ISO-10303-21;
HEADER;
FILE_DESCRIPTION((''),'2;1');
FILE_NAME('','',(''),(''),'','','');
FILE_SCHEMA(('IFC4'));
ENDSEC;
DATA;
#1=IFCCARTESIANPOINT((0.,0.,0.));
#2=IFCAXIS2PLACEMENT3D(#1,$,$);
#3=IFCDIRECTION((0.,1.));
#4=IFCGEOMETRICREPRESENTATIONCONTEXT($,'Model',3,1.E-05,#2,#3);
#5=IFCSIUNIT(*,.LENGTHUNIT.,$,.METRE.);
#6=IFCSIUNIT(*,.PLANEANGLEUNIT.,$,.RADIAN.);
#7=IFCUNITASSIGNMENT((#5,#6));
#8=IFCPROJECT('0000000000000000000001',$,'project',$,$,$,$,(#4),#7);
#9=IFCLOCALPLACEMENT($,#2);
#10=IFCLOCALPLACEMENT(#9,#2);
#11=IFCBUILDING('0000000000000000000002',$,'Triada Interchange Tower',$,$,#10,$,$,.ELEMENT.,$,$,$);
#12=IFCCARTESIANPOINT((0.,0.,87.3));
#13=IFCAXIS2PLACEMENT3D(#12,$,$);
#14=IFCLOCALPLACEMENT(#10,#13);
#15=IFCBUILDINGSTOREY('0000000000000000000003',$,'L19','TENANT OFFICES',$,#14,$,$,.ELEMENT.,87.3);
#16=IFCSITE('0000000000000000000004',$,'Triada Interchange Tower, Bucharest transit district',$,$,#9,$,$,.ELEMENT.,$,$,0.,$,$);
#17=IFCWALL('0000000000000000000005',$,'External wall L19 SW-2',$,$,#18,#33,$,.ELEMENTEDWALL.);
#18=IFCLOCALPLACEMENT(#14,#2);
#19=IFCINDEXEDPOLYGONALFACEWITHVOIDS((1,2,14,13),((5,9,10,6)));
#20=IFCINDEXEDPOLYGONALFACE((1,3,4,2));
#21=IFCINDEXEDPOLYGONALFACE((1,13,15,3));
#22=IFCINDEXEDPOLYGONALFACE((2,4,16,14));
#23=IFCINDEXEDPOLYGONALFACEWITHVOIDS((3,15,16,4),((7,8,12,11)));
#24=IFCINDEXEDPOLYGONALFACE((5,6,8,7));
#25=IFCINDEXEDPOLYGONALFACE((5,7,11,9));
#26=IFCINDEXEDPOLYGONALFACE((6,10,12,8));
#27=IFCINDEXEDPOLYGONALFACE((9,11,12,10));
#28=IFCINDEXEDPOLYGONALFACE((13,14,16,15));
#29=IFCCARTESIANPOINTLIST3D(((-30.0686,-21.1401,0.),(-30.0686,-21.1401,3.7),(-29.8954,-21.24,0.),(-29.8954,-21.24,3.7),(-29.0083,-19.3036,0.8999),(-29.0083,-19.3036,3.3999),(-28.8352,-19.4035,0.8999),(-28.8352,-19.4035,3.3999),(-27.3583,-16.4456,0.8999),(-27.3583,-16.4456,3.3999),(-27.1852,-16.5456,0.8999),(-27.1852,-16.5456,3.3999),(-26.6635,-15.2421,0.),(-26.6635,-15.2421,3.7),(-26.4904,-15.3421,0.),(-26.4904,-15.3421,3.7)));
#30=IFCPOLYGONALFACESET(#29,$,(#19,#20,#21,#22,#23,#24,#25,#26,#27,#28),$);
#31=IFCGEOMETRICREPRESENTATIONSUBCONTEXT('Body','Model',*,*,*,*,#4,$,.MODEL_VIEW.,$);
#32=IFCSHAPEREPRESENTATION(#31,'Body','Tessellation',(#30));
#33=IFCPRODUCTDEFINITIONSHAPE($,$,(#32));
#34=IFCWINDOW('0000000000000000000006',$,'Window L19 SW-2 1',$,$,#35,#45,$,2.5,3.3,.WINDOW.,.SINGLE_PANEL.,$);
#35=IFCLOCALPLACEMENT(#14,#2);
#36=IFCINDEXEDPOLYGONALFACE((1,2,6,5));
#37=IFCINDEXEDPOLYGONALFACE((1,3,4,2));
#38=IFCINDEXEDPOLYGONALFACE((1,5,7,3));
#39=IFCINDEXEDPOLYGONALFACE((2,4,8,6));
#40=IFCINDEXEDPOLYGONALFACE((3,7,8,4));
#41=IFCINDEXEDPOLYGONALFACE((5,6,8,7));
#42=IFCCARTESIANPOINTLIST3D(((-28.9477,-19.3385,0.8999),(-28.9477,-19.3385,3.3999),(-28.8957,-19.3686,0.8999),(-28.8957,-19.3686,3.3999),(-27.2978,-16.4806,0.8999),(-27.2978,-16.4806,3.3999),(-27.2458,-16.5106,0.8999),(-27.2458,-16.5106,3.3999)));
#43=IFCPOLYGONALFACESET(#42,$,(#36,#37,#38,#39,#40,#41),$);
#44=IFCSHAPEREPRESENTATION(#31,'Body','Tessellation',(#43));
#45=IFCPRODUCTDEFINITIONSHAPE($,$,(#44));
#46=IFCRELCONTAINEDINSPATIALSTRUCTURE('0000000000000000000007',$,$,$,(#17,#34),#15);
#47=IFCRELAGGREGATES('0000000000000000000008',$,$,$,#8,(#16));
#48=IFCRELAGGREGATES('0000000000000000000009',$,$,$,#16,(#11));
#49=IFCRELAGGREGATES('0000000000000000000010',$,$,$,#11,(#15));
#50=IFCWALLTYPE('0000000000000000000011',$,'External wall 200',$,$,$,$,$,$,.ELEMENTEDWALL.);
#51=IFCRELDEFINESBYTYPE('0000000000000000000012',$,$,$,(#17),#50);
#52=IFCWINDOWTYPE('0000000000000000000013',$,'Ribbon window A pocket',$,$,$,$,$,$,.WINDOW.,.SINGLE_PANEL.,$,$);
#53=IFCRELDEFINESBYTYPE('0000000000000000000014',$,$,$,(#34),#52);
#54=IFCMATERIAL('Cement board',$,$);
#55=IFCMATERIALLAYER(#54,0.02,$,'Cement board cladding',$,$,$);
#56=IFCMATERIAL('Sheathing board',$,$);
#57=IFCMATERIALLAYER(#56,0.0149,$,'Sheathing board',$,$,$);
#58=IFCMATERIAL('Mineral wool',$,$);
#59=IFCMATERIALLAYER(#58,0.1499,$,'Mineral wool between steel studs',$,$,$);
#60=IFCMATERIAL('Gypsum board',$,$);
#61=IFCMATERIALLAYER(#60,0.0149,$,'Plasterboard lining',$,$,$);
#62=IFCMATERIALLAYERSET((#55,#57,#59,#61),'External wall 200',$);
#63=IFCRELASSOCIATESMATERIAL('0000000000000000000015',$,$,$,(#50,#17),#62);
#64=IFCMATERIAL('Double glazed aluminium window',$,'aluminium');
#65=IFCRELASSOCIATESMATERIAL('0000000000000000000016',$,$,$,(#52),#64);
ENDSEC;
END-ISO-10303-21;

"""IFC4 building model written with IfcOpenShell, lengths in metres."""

from ifc_helpers import new_model, si_unit, direction, frame, frame_2d, origin, place, context, subcontext, project, spatial, rectangle, extrude, material, layer, layer_set, layer_usage, type_object, element, fill, save


model = new_model("IFC4")

# Units and contexts
model_context = context("Model", 3, precision=1e-05, world=origin(), true_north=direction((0.0, 1.0)))
body_context = subcontext(model_context, "Body", "Model", "MODEL_VIEW")
ifc_project = project(units=[si_unit("LENGTHUNIT", "METRE"), si_unit("PLANEANGLEUNIT", "RADIAN")], contexts=[model_context])

# Site, building, storey
site_placement = place(None, origin())
site = spatial("IfcSite", under=ifc_project, at=site_placement, Name="Triada Interchange Tower, Bucharest transit district", CompositionType="ELEMENT", RefElevation=0.0)
building_placement = place(site_placement, origin())
building = spatial("IfcBuilding", under=site, at=building_placement, Name="Triada Interchange Tower", CompositionType="ELEMENT")
storey_placement = place(building_placement, frame((0.0, 0.0, 87.3)))
storey = spatial("IfcBuildingStorey", under=building, at=storey_placement, Name="L19", Description="TENANT OFFICES", CompositionType="ELEMENT", Elevation=87.3)

# Wall, opening, window
ifc_material_1 = material(Name="Cement board")
ifc_layer_1 = layer(ifc_material_1, 0.02, Name="Cement board cladding")
ifc_material_2 = material(Name="Sheathing board")
ifc_layer_2 = layer(ifc_material_2, 0.0149, Name="Sheathing board")
ifc_material_3 = material(Name="Mineral wool")
ifc_layer_3 = layer(ifc_material_3, 0.1499, Name="Mineral wool between steel studs")
ifc_material_4 = material(Name="Gypsum board")
ifc_layer_4 = layer(ifc_material_4, 0.0149, Name="Plasterboard lining")
ifc_layer_set_1 = layer_set([ifc_layer_1, ifc_layer_2, ifc_layer_3, ifc_layer_4], Name="External wall 200")
ifc_layer_usage = layer_usage(ifc_layer_set_1, "AXIS2", "POSITIVE", -0.1001)
wall_type_1 = type_object("IfcWallType", Name="External wall 200", PredefinedType="ELEMENTEDWALL", material=ifc_layer_set_1)
ifc_material_5 = material(Name="Double glazed aluminium window", Category="aluminium")
window_type_1 = type_object("IfcWindowType", Name="Ribbon window A pocket", PartitioningType="SINGLE_PANEL", PredefinedType="WINDOW", material=ifc_material_5)
wall_1_placement = place(storey_placement, frame((-26.5769, -15.292, 0.0), z_axis=(0.0, 0.0, 1.0), x_axis=(-0.499983, -0.866035, 0.0)))
wall_1 = element("IfcWall", 1, at=wall_1_placement, inside=storey, type_object=wall_type_1, material=ifc_layer_usage, Name="External wall L19 SW-2", PredefinedType="ELEMENTEDWALL", context=body_context, shape_type="SweptSolid", body=[
    extrude(rectangle(XDim=6.8103, YDim=0.2, at=frame_2d((3.4053, 0.0))), origin(), (0.0, 0.0, 1.0), 3.7),
])
opening_1_placement = place(wall_1_placement, frame((1.3899, 0.0, 0.8999)))
opening_1 = element("IfcOpeningElement", 2, at=opening_1_placement, cuts=wall_1, PredefinedType="OPENING", context=body_context, shape_type="SweptSolid", body=[
    extrude(rectangle(XDim=3.3, YDim=2.5, at=frame_2d((1.6499, 1.25))), frame((0.0, 0.1099, 0.0), z_axis=(0.0, -1.0, 0.0), x_axis=(1.0, 0.0, 0.0)), (0.0, 0.0, 1.0), 0.22),
])
window_1_placement = place(opening_1_placement, origin())
window_1 = element("IfcWindow", 3, at=window_1_placement, inside=storey, type_object=window_type_1, Name="Window L19 SW-2 1", OverallHeight=2.5, OverallWidth=3.3, PartitioningType="SINGLE_PANEL", PredefinedType="WINDOW", context=body_context, shape_type="SweptSolid", body=[
    extrude(rectangle(XDim=3.3, YDim=2.5, at=frame_2d((1.6499, 1.25))), frame((0.0, 0.03, 0.0), z_axis=(0.0, -1.0, 0.0), x_axis=(1.0, 0.0, 0.0)), (0.0, 0.0, 1.0), 0.0601),
])
fill(opening_1, window_1)

save(model, "model.ifc")
